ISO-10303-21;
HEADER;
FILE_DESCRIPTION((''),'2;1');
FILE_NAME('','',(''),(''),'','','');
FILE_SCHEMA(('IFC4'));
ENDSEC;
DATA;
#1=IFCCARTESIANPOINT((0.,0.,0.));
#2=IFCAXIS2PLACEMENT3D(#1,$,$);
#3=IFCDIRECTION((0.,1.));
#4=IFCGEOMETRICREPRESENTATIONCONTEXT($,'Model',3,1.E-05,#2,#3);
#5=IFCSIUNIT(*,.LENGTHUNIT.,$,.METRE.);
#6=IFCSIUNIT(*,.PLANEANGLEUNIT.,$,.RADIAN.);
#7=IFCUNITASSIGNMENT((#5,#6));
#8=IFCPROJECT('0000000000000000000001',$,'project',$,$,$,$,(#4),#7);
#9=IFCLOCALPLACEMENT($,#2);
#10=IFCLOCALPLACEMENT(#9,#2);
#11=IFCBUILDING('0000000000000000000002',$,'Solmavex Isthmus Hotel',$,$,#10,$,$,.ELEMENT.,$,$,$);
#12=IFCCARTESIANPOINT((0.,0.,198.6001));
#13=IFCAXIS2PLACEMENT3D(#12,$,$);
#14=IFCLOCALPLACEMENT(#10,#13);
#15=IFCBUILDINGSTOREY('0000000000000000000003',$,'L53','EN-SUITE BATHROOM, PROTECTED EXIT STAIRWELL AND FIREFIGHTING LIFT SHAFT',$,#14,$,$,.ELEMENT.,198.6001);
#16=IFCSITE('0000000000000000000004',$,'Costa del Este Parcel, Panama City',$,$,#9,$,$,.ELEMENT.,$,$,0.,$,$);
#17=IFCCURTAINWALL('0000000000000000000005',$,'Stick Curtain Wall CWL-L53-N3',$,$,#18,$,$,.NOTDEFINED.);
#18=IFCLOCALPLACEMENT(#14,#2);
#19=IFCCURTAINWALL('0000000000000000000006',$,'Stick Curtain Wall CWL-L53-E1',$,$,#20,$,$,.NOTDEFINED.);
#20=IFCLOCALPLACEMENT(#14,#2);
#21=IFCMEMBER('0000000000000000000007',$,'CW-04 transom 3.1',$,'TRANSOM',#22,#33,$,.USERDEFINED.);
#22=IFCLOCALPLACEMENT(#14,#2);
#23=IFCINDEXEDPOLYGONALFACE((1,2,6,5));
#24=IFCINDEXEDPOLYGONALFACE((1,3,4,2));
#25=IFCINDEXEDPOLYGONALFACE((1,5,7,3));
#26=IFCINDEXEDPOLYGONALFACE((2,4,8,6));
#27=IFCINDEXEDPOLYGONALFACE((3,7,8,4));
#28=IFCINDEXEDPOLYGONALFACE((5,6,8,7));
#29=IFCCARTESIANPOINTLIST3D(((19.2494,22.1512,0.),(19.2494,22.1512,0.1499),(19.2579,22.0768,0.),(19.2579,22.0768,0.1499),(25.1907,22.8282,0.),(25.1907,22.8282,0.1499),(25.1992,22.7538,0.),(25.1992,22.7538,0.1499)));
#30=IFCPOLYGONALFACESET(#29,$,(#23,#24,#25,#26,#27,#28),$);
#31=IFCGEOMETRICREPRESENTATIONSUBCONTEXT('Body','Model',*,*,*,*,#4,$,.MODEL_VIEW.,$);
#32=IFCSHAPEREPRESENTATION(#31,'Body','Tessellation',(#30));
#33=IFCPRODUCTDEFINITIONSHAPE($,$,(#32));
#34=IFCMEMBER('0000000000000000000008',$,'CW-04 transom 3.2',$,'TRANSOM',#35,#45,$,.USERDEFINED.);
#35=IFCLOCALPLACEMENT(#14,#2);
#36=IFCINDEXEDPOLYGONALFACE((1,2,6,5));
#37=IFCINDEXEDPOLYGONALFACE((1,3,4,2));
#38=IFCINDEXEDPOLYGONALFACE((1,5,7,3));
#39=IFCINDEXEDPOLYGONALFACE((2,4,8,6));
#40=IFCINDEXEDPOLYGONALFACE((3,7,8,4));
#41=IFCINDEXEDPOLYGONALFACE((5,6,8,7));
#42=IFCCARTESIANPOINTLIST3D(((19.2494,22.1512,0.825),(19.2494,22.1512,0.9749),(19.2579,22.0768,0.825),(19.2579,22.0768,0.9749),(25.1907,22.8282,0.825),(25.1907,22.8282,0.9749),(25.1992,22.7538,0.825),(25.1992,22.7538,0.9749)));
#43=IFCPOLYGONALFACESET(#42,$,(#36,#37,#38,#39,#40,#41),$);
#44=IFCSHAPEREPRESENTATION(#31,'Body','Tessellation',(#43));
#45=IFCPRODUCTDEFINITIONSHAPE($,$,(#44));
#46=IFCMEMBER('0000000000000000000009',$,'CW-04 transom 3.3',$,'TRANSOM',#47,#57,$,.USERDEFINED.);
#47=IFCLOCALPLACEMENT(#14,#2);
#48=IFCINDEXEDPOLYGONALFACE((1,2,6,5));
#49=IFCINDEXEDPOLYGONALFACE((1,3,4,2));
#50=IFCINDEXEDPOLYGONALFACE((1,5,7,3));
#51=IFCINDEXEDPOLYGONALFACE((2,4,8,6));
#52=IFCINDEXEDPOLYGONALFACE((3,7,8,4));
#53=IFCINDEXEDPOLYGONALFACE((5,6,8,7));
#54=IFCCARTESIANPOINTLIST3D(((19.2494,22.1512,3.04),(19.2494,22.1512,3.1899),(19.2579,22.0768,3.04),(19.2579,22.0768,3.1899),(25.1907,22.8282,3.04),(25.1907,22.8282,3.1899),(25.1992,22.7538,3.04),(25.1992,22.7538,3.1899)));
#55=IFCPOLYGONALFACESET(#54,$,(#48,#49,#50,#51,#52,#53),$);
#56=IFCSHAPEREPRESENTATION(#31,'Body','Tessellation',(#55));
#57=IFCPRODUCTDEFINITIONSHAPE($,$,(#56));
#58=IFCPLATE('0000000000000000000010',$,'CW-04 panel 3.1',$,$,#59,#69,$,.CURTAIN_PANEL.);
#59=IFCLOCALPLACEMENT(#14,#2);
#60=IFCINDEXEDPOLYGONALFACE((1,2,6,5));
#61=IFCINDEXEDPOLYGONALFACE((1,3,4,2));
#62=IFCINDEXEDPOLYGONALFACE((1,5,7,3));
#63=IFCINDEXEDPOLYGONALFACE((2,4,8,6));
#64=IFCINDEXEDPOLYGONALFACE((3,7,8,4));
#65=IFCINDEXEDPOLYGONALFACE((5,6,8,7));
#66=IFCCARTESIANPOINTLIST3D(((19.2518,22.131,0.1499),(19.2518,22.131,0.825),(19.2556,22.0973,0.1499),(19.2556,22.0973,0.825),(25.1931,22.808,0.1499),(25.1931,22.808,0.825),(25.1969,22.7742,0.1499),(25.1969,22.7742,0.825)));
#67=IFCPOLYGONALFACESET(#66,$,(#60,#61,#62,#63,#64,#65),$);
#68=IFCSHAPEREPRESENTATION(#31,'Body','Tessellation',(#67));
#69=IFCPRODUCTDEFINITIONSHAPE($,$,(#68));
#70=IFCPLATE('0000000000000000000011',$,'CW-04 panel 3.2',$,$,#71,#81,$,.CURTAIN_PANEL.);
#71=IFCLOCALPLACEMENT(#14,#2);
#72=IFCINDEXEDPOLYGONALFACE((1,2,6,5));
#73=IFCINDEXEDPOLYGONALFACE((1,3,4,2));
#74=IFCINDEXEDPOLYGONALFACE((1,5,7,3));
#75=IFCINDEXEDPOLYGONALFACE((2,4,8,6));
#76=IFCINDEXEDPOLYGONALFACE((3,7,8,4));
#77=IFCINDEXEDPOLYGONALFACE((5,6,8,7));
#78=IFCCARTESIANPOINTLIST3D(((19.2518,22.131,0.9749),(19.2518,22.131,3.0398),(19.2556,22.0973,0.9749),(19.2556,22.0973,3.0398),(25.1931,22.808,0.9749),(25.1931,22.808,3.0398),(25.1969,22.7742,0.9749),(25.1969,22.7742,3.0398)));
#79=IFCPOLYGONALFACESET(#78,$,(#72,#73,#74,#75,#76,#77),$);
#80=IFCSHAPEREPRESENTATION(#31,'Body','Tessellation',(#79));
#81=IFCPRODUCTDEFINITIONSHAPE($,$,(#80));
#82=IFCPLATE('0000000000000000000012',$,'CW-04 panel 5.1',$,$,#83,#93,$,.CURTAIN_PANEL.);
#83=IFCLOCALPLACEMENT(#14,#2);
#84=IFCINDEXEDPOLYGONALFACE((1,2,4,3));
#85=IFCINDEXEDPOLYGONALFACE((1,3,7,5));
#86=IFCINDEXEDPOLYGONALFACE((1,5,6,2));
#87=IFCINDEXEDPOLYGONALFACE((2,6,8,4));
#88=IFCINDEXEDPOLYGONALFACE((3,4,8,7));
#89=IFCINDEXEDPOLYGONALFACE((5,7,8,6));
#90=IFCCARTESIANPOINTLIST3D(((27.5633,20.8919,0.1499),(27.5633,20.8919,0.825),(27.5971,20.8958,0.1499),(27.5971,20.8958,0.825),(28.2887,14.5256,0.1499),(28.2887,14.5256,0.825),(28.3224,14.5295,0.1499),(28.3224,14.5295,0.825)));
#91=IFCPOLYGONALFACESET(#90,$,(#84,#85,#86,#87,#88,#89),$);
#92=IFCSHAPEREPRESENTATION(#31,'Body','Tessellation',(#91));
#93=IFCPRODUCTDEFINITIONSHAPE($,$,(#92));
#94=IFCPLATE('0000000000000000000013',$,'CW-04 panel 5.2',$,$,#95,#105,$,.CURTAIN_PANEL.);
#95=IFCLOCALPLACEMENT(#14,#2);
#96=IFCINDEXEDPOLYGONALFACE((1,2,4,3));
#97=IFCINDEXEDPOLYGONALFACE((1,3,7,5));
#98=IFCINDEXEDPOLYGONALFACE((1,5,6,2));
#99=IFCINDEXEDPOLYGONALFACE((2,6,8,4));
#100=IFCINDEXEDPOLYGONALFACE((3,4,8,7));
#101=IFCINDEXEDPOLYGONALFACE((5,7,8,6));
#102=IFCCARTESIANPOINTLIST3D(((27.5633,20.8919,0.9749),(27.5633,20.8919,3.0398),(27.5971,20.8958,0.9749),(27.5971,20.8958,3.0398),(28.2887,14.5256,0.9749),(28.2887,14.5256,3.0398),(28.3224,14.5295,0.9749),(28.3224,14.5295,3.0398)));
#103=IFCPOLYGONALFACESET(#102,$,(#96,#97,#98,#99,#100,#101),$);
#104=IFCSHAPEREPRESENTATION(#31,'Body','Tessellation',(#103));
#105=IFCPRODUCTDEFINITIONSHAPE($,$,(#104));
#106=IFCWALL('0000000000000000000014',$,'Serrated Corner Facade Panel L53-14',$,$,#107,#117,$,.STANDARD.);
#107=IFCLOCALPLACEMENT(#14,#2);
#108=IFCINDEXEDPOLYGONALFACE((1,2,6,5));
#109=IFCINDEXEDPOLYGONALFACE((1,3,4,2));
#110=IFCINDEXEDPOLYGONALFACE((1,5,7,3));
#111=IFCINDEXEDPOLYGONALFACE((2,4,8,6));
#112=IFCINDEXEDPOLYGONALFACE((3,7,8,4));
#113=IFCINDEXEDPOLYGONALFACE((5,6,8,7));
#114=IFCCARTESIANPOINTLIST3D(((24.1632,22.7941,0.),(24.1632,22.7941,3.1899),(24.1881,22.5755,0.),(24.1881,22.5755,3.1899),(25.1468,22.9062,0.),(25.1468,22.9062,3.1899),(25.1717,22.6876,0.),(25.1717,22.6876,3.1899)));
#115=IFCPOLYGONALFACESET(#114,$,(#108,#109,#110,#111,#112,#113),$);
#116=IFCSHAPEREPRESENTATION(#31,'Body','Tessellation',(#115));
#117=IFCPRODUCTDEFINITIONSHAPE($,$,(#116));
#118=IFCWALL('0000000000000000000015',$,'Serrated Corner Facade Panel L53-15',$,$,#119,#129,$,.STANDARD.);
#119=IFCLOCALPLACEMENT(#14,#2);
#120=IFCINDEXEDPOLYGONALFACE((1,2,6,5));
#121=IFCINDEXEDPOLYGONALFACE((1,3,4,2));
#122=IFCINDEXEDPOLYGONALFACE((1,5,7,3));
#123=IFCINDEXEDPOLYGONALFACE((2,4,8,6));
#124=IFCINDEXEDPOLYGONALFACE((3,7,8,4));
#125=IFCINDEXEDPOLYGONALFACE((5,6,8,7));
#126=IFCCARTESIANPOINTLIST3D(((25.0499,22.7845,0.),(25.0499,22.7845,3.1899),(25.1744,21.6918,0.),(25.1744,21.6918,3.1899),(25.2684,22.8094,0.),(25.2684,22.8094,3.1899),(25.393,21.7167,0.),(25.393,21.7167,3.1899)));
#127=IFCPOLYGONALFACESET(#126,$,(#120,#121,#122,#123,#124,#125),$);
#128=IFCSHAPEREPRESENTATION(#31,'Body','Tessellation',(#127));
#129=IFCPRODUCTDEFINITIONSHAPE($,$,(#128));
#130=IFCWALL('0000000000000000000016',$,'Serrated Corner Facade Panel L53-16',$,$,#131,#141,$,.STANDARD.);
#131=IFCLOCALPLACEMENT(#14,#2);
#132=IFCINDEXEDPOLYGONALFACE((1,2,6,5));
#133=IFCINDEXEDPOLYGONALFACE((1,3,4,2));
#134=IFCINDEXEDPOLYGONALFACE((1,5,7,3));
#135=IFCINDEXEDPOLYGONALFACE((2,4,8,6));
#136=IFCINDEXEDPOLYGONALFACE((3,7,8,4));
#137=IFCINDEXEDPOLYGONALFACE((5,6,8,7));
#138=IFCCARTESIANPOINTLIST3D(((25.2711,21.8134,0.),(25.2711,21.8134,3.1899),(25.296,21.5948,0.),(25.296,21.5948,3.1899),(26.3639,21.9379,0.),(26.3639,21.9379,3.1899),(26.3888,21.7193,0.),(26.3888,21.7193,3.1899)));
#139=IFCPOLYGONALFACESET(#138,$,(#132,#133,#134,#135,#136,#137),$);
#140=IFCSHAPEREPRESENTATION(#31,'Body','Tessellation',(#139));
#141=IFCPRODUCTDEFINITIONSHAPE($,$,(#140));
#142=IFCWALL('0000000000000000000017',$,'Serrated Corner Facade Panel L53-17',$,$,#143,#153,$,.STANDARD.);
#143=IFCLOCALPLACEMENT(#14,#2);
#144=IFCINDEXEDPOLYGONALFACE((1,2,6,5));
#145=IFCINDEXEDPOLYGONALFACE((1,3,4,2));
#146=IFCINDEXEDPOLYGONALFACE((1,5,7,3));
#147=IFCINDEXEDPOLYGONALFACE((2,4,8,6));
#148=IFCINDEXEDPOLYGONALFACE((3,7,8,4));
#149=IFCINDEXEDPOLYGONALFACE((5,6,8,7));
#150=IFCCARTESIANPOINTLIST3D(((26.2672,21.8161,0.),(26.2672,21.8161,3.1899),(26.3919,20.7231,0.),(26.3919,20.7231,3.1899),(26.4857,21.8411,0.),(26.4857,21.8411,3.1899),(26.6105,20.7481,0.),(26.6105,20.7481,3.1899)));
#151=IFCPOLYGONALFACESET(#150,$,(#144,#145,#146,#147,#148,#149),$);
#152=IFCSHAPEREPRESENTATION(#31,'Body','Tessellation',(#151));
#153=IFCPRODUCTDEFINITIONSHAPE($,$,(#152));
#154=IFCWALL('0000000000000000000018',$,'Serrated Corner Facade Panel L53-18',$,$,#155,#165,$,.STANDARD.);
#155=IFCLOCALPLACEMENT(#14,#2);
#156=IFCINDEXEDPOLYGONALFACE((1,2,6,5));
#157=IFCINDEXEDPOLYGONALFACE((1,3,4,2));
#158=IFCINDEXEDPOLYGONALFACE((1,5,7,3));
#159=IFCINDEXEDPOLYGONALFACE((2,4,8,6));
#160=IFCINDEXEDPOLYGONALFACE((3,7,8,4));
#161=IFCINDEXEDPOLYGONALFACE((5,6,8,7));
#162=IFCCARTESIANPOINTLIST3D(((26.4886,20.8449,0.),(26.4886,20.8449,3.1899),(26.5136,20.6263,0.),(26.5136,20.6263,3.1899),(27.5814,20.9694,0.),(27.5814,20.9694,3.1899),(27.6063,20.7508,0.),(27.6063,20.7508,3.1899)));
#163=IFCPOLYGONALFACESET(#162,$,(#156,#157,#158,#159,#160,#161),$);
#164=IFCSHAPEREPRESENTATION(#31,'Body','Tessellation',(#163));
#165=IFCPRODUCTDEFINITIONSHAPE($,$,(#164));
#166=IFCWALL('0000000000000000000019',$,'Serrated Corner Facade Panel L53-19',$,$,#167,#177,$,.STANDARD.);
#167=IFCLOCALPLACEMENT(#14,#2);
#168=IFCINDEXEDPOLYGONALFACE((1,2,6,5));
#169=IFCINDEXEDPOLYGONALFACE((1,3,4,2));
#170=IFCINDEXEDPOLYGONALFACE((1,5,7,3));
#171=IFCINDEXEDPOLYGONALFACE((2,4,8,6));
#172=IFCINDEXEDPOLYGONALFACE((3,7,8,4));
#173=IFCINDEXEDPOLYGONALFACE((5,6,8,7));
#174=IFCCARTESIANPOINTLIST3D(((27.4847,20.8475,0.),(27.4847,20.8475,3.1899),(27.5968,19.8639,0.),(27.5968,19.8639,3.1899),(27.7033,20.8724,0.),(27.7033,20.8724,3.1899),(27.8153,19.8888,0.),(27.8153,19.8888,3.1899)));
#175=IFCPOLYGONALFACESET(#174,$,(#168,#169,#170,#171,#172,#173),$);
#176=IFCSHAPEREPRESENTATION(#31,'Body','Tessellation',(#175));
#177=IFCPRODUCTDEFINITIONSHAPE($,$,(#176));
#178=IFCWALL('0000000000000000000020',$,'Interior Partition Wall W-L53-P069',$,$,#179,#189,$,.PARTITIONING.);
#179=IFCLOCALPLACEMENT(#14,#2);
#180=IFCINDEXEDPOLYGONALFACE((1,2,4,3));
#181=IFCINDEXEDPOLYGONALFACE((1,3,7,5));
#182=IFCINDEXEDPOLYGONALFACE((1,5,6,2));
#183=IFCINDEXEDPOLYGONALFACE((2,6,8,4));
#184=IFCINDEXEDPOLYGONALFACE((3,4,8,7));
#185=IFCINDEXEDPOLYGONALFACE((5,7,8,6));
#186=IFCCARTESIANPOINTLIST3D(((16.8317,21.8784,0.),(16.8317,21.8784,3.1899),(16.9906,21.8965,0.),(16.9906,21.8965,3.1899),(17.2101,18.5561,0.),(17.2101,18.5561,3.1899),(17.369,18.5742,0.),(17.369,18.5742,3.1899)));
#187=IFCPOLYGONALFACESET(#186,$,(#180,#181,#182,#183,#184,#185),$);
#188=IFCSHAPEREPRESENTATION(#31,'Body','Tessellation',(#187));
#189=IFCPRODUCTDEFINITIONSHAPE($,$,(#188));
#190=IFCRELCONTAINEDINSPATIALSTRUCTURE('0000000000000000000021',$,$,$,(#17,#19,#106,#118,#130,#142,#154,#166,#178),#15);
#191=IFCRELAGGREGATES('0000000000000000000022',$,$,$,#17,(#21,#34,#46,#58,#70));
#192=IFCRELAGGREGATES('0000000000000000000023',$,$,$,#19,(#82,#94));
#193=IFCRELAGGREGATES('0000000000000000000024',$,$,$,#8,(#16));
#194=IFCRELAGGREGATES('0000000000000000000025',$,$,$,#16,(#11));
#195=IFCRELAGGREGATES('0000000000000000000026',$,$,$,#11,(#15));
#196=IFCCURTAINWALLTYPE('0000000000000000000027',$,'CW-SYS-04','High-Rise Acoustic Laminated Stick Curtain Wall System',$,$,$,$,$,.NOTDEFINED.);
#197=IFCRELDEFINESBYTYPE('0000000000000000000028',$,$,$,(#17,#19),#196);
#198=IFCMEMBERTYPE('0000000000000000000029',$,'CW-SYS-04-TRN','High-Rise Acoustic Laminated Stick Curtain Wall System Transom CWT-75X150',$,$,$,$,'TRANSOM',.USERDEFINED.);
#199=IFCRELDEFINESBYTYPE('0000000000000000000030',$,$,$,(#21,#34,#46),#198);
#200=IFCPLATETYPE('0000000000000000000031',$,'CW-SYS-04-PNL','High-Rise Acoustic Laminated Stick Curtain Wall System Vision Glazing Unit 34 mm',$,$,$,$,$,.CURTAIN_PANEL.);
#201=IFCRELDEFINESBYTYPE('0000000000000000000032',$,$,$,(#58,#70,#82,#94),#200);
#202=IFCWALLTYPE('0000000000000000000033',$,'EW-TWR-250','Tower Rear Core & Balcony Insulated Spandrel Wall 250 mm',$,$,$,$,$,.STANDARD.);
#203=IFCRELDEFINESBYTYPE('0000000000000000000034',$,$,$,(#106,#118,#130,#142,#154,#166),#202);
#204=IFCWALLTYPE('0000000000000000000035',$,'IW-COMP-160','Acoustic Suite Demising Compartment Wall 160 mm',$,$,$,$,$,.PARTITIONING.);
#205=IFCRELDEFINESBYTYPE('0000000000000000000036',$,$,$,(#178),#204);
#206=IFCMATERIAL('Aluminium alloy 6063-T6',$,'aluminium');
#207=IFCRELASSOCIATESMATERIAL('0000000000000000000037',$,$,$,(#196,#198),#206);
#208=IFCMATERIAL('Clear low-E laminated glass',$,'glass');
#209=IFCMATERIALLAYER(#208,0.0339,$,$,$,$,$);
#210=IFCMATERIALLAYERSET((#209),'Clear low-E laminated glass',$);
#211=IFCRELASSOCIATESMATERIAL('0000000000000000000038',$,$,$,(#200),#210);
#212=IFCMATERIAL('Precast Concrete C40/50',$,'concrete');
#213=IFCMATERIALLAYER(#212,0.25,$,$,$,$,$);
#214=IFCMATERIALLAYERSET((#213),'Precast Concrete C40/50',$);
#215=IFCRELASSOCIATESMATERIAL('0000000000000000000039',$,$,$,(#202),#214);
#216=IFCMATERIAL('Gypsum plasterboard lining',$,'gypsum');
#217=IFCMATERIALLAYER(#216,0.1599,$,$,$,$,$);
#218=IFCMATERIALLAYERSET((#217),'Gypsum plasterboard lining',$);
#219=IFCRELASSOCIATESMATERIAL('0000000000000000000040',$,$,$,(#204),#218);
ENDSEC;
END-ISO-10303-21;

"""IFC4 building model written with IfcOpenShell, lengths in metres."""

from ifc_helpers import new_model, si_unit, direction, frame, frame_2d, origin, origin_2d, place, context, subcontext, project, spatial, rectangle, extrude, material, layer, layer_set, material_profile, profile_set, type_object, element, aggregate, save


model = new_model("IFC4")

# Units and contexts
model_context = context("Model", 3, precision=1e-05, world=origin(), true_north=direction((0.0, 1.0)))
body_context = subcontext(model_context, "Body", "Model", "MODEL_VIEW")
ifc_project = project(units=[si_unit("LENGTHUNIT", "METRE"), si_unit("PLANEANGLEUNIT", "RADIAN")], contexts=[model_context])

# Site, building, storey
site_placement = place(None, origin())
site = spatial("IfcSite", under=ifc_project, at=site_placement, Name="Costa del Este Parcel, Panama City", CompositionType="ELEMENT", RefElevation=0.0)
building_placement = place(site_placement, origin())
building = spatial("IfcBuilding", under=site, at=building_placement, Name="Solmavex Isthmus Hotel", CompositionType="ELEMENT")
storey_placement = place(building_placement, frame((0.0, 0.0, 198.6001)))
storey = spatial("IfcBuildingStorey", under=building, at=storey_placement, Name="L53", Description="EN-SUITE BATHROOM, PROTECTED EXIT STAIRWELL AND FIREFIGHTING LIFT SHAFT", CompositionType="ELEMENT", Elevation=198.6001)

# Curtain wall
ifc_material_1 = material(Name="Aluminium alloy 6063-T6", Category="aluminium")
curtain_wall_type = type_object("IfcCurtainWallType", Name="CW-SYS-04", Description="High-Rise Acoustic Laminated Stick Curtain Wall System", PredefinedType="NOTDEFINED", material=ifc_material_1)
curtain_wall_1_placement = place(storey_placement, origin())
curtain_wall_1 = element("IfcCurtainWall", 1, at=curtain_wall_1_placement, inside=storey, type_object=curtain_wall_type, Name="Stick Curtain Wall CWL-L53-N3", PredefinedType="NOTDEFINED")

# Curtain wall
curtain_wall_2_placement = place(storey_placement, origin())
curtain_wall_2 = element("IfcCurtainWall", 2, at=curtain_wall_2_placement, inside=storey, type_object=curtain_wall_type, Name="Stick Curtain Wall CWL-L53-E1", PredefinedType="NOTDEFINED")

# Members
ifc_material_profile_1 = material_profile(ifc_material_1, rectangle(XDim=0.075, YDim=0.1499, at=origin_2d()), Name="CWT-75X150")
ifc_profile_set_1 = profile_set([ifc_material_profile_1], Name="Aluminium alloy 6063-T6")
member_type_1 = type_object("IfcMemberType", Name="CW-SYS-04-TRN", Description="High-Rise Acoustic Laminated Stick Curtain Wall System Transom CWT-75X150", ElementType="TRANSOM", PredefinedType="USERDEFINED", material=ifc_profile_set_1)
member_1_placement = place(storey_placement, frame((19.2537, 22.114, 0.075), z_axis=(0.993571, 0.113214, 0.0), x_axis=(-0.113214, 0.993571, 0.0)))
member_1 = element("IfcMember", 3, at=member_1_placement, type_object=member_type_1, Name="CW-04 transom 3.1", ObjectType="TRANSOM", PredefinedType="USERDEFINED", context=body_context, shape_type="SweptSolid", body=[
    extrude(rectangle(XDim=0.075, YDim=0.1499, at=origin_2d()), origin(), (0.0, 0.0, 1.0), 5.9797),
])
member_2_placement = place(storey_placement, frame((19.2537, 22.114, 0.8999), z_axis=(0.993571, 0.113214, 0.0), x_axis=(-0.113214, 0.993571, 0.0)))
member_2 = element("IfcMember", 4, at=member_2_placement, type_object=member_type_1, Name="CW-04 transom 3.2", ObjectType="TRANSOM", PredefinedType="USERDEFINED", context=body_context, shape_type="SweptSolid", body=[
    extrude(rectangle(XDim=0.075, YDim=0.1499, at=origin_2d()), origin(), (0.0, 0.0, 1.0), 5.9797),
])
member_3_placement = place(storey_placement, frame((19.2537, 22.114, 3.115), z_axis=(0.993571, 0.113214, 0.0), x_axis=(-0.113214, 0.993571, 0.0)))
member_3 = element("IfcMember", 5, at=member_3_placement, type_object=member_type_1, Name="CW-04 transom 3.3", ObjectType="TRANSOM", PredefinedType="USERDEFINED", context=body_context, shape_type="SweptSolid", body=[
    extrude(rectangle(XDim=0.075, YDim=0.1499, at=origin_2d()), origin(), (0.0, 0.0, 1.0), 5.9797),
])

# Plates
ifc_material_2 = material(Name="Clear low-E laminated glass", Category="glass")
ifc_layer_1 = layer(ifc_material_2, 0.0339)
ifc_layer_set_1 = layer_set([ifc_layer_1], Name="Clear low-E laminated glass")
plate_type = type_object("IfcPlateType", Name="CW-SYS-04-PNL", Description="High-Rise Acoustic Laminated Stick Curtain Wall System Vision Glazing Unit 34 mm", PredefinedType="CURTAIN_PANEL", material=ifc_layer_set_1)
plate_1_placement = place(storey_placement, frame((22.2244, 22.4526, 0.1499), z_axis=(0.0, 0.0, 1.0), x_axis=(0.993572, 0.113203, 0.0)))
plate_1 = element("IfcPlate", 6, at=plate_1_placement, type_object=plate_type, Name="CW-04 panel 3.1", PredefinedType="CURTAIN_PANEL", context=body_context, shape_type="SweptSolid", body=[
    extrude(rectangle(XDim=5.9797, YDim=0.0339, at=origin_2d()), origin(), (0.0, 0.0, 1.0), 0.675),
])
plate_2_placement = place(storey_placement, frame((22.2244, 22.4526, 0.9749), z_axis=(0.0, 0.0, 1.0), x_axis=(0.993572, 0.113203, 0.0)))
plate_2 = element("IfcPlate", 7, at=plate_2_placement, type_object=plate_type, Name="CW-04 panel 3.2", PredefinedType="CURTAIN_PANEL", context=body_context, shape_type="SweptSolid", body=[
    extrude(rectangle(XDim=5.9797, YDim=0.0339, at=origin_2d()), origin(), (0.0, 0.0, 1.0), 2.0649),
])
aggregate(curtain_wall_1, [member_1, member_2, member_3, plate_1, plate_2])
plate_3_placement = place(storey_placement, frame((27.9429, 17.7107, 0.1499), z_axis=(0.0, 0.0, 1.0), x_axis=(-0.113203, 0.993572, 0.0)))
plate_3 = element("IfcPlate", 8, at=plate_3_placement, type_object=plate_type, Name="CW-04 panel 5.1", PredefinedType="CURTAIN_PANEL", context=body_context, shape_type="SweptSolid", body=[
    extrude(rectangle(XDim=6.4075, YDim=0.0339, at=origin_2d()), origin(), (0.0, 0.0, 1.0), 0.675),
])
plate_4_placement = place(storey_placement, frame((27.9429, 17.7107, 0.9749), z_axis=(0.0, 0.0, 1.0), x_axis=(-0.113203, 0.993572, 0.0)))
plate_4 = element("IfcPlate", 9, at=plate_4_placement, type_object=plate_type, Name="CW-04 panel 5.2", PredefinedType="CURTAIN_PANEL", context=body_context, shape_type="SweptSolid", body=[
    extrude(rectangle(XDim=6.4075, YDim=0.0339, at=origin_2d()), origin(), (0.0, 0.0, 1.0), 2.0649),
])
aggregate(curtain_wall_2, [plate_3, plate_4])

# Walls
ifc_material_3 = material(Name="Precast Concrete C40/50", Category="concrete")
ifc_layer_2 = layer(ifc_material_3, 0.25)
ifc_layer_set_2 = layer_set([ifc_layer_2], Name="Precast Concrete C40/50")
wall_type_1 = type_object("IfcWallType", Name="EW-TWR-250", Description="Tower Rear Core & Balcony Insulated Spandrel Wall 250 mm", PredefinedType="STANDARD", material=ifc_layer_set_2)
wall_1_placement = place(storey_placement, frame((24.1755, 22.6848, 0.0), z_axis=(0.0, 0.0, 1.0), x_axis=(0.993573, 0.113192, 0.0)))
element("IfcWall", 10, at=wall_1_placement, inside=storey, type_object=wall_type_1, Name="Serrated Corner Facade Panel L53-14", PredefinedType="STANDARD", context=body_context, shape_type="SweptSolid", body=[
    extrude(rectangle(XDim=0.99, YDim=0.22, at=frame_2d((0.4951, 0.0))), origin(), (0.0, 0.0, 1.0), 3.1899),
])
for number, where, z_axis, x_axis, name in (
    (11, (25.1592, 22.7969, 0.0), (0.0, 0.0, 1.0), (0.113209, -0.993571, 0.0), "Serrated Corner Facade Panel L53-15"),
    (12, (25.2837, 21.7041, 0.0), (0.0, 0.0, 1.0), (0.993571, 0.113209, 0.0), "Serrated Corner Facade Panel L53-16"),
):
    element("IfcWall", number, at=place(storey_placement, frame(where, z_axis=z_axis, x_axis=x_axis)), inside=storey, type_object=wall_type_1, Name=name, PredefinedType="STANDARD", context=body_context, shape_type="SweptSolid", body=[
        extrude(rectangle(XDim=1.0999, YDim=0.22, at=frame_2d((0.5498, 0.0))), origin(), (0.0, 0.0, 1.0), 3.1899),
    ])
wall_2_placement = place(storey_placement, frame((26.3765, 21.8286, 0.0), z_axis=(0.0, 0.0, 1.0), x_axis=(0.113403, -0.993549, 0.0)))
element("IfcWall", 13, at=wall_2_placement, inside=storey, type_object=wall_type_1, Name="Serrated Corner Facade Panel L53-17", PredefinedType="STANDARD", context=body_context, shape_type="SweptSolid", body=[
    extrude(rectangle(XDim=1.1001, YDim=0.22, at=frame_2d((0.55, 0.0))), origin(), (0.0, 0.0, 1.0), 3.1899),
])
wall_3_placement = place(storey_placement, frame((26.5012, 20.7356, 0.0), z_axis=(0.0, 0.0, 1.0), x_axis=(0.993571, 0.113209, 0.0)))
element("IfcWall", 14, at=wall_3_placement, inside=storey, type_object=wall_type_1, Name="Serrated Corner Facade Panel L53-18", PredefinedType="STANDARD", context=body_context, shape_type="SweptSolid", body=[
    extrude(rectangle(XDim=1.0999, YDim=0.22, at=frame_2d((0.5498, 0.0))), origin(), (0.0, 0.0, 1.0), 3.1899),
])
wall_4_placement = place(storey_placement, frame((27.594, 20.8601, 0.0), z_axis=(0.0, 0.0, 1.0), x_axis=(0.113192, -0.993573, 0.0)))
element("IfcWall", 15, at=wall_4_placement, inside=storey, type_object=wall_type_1, Name="Serrated Corner Facade Panel L53-19", PredefinedType="STANDARD", context=body_context, shape_type="SweptSolid", body=[
    extrude(rectangle(XDim=0.99, YDim=0.22, at=frame_2d((0.4951, 0.0))), origin(), (0.0, 0.0, 1.0), 3.1899),
])
ifc_material_4 = material(Name="Gypsum plasterboard lining", Category="gypsum")
ifc_layer_3 = layer(ifc_material_4, 0.1599)
ifc_layer_set_3 = layer_set([ifc_layer_3], Name="Gypsum plasterboard lining")
wall_type_2 = type_object("IfcWallType", Name="IW-COMP-160", Description="Acoustic Suite Demising Compartment Wall 160 mm", PredefinedType="PARTITIONING", material=ifc_layer_set_3)
wall_5_placement = place(storey_placement, frame((16.9111, 21.8875, 0.0), z_axis=(0.0, 0.0, 1.0), x_axis=(0.113172, -0.993575, 0.0)))
element("IfcWall", 16, at=wall_5_placement, inside=storey, type_object=wall_type_2, Name="Interior Partition Wall W-L53-P069", PredefinedType="PARTITIONING", context=body_context, shape_type="SweptSolid", body=[
    extrude(rectangle(XDim=3.3438, YDim=0.1599, at=frame_2d((1.6719, 0.0))), origin(), (0.0, 0.0, 1.0), 3.1899),
])

save(model, "model.ifc")
